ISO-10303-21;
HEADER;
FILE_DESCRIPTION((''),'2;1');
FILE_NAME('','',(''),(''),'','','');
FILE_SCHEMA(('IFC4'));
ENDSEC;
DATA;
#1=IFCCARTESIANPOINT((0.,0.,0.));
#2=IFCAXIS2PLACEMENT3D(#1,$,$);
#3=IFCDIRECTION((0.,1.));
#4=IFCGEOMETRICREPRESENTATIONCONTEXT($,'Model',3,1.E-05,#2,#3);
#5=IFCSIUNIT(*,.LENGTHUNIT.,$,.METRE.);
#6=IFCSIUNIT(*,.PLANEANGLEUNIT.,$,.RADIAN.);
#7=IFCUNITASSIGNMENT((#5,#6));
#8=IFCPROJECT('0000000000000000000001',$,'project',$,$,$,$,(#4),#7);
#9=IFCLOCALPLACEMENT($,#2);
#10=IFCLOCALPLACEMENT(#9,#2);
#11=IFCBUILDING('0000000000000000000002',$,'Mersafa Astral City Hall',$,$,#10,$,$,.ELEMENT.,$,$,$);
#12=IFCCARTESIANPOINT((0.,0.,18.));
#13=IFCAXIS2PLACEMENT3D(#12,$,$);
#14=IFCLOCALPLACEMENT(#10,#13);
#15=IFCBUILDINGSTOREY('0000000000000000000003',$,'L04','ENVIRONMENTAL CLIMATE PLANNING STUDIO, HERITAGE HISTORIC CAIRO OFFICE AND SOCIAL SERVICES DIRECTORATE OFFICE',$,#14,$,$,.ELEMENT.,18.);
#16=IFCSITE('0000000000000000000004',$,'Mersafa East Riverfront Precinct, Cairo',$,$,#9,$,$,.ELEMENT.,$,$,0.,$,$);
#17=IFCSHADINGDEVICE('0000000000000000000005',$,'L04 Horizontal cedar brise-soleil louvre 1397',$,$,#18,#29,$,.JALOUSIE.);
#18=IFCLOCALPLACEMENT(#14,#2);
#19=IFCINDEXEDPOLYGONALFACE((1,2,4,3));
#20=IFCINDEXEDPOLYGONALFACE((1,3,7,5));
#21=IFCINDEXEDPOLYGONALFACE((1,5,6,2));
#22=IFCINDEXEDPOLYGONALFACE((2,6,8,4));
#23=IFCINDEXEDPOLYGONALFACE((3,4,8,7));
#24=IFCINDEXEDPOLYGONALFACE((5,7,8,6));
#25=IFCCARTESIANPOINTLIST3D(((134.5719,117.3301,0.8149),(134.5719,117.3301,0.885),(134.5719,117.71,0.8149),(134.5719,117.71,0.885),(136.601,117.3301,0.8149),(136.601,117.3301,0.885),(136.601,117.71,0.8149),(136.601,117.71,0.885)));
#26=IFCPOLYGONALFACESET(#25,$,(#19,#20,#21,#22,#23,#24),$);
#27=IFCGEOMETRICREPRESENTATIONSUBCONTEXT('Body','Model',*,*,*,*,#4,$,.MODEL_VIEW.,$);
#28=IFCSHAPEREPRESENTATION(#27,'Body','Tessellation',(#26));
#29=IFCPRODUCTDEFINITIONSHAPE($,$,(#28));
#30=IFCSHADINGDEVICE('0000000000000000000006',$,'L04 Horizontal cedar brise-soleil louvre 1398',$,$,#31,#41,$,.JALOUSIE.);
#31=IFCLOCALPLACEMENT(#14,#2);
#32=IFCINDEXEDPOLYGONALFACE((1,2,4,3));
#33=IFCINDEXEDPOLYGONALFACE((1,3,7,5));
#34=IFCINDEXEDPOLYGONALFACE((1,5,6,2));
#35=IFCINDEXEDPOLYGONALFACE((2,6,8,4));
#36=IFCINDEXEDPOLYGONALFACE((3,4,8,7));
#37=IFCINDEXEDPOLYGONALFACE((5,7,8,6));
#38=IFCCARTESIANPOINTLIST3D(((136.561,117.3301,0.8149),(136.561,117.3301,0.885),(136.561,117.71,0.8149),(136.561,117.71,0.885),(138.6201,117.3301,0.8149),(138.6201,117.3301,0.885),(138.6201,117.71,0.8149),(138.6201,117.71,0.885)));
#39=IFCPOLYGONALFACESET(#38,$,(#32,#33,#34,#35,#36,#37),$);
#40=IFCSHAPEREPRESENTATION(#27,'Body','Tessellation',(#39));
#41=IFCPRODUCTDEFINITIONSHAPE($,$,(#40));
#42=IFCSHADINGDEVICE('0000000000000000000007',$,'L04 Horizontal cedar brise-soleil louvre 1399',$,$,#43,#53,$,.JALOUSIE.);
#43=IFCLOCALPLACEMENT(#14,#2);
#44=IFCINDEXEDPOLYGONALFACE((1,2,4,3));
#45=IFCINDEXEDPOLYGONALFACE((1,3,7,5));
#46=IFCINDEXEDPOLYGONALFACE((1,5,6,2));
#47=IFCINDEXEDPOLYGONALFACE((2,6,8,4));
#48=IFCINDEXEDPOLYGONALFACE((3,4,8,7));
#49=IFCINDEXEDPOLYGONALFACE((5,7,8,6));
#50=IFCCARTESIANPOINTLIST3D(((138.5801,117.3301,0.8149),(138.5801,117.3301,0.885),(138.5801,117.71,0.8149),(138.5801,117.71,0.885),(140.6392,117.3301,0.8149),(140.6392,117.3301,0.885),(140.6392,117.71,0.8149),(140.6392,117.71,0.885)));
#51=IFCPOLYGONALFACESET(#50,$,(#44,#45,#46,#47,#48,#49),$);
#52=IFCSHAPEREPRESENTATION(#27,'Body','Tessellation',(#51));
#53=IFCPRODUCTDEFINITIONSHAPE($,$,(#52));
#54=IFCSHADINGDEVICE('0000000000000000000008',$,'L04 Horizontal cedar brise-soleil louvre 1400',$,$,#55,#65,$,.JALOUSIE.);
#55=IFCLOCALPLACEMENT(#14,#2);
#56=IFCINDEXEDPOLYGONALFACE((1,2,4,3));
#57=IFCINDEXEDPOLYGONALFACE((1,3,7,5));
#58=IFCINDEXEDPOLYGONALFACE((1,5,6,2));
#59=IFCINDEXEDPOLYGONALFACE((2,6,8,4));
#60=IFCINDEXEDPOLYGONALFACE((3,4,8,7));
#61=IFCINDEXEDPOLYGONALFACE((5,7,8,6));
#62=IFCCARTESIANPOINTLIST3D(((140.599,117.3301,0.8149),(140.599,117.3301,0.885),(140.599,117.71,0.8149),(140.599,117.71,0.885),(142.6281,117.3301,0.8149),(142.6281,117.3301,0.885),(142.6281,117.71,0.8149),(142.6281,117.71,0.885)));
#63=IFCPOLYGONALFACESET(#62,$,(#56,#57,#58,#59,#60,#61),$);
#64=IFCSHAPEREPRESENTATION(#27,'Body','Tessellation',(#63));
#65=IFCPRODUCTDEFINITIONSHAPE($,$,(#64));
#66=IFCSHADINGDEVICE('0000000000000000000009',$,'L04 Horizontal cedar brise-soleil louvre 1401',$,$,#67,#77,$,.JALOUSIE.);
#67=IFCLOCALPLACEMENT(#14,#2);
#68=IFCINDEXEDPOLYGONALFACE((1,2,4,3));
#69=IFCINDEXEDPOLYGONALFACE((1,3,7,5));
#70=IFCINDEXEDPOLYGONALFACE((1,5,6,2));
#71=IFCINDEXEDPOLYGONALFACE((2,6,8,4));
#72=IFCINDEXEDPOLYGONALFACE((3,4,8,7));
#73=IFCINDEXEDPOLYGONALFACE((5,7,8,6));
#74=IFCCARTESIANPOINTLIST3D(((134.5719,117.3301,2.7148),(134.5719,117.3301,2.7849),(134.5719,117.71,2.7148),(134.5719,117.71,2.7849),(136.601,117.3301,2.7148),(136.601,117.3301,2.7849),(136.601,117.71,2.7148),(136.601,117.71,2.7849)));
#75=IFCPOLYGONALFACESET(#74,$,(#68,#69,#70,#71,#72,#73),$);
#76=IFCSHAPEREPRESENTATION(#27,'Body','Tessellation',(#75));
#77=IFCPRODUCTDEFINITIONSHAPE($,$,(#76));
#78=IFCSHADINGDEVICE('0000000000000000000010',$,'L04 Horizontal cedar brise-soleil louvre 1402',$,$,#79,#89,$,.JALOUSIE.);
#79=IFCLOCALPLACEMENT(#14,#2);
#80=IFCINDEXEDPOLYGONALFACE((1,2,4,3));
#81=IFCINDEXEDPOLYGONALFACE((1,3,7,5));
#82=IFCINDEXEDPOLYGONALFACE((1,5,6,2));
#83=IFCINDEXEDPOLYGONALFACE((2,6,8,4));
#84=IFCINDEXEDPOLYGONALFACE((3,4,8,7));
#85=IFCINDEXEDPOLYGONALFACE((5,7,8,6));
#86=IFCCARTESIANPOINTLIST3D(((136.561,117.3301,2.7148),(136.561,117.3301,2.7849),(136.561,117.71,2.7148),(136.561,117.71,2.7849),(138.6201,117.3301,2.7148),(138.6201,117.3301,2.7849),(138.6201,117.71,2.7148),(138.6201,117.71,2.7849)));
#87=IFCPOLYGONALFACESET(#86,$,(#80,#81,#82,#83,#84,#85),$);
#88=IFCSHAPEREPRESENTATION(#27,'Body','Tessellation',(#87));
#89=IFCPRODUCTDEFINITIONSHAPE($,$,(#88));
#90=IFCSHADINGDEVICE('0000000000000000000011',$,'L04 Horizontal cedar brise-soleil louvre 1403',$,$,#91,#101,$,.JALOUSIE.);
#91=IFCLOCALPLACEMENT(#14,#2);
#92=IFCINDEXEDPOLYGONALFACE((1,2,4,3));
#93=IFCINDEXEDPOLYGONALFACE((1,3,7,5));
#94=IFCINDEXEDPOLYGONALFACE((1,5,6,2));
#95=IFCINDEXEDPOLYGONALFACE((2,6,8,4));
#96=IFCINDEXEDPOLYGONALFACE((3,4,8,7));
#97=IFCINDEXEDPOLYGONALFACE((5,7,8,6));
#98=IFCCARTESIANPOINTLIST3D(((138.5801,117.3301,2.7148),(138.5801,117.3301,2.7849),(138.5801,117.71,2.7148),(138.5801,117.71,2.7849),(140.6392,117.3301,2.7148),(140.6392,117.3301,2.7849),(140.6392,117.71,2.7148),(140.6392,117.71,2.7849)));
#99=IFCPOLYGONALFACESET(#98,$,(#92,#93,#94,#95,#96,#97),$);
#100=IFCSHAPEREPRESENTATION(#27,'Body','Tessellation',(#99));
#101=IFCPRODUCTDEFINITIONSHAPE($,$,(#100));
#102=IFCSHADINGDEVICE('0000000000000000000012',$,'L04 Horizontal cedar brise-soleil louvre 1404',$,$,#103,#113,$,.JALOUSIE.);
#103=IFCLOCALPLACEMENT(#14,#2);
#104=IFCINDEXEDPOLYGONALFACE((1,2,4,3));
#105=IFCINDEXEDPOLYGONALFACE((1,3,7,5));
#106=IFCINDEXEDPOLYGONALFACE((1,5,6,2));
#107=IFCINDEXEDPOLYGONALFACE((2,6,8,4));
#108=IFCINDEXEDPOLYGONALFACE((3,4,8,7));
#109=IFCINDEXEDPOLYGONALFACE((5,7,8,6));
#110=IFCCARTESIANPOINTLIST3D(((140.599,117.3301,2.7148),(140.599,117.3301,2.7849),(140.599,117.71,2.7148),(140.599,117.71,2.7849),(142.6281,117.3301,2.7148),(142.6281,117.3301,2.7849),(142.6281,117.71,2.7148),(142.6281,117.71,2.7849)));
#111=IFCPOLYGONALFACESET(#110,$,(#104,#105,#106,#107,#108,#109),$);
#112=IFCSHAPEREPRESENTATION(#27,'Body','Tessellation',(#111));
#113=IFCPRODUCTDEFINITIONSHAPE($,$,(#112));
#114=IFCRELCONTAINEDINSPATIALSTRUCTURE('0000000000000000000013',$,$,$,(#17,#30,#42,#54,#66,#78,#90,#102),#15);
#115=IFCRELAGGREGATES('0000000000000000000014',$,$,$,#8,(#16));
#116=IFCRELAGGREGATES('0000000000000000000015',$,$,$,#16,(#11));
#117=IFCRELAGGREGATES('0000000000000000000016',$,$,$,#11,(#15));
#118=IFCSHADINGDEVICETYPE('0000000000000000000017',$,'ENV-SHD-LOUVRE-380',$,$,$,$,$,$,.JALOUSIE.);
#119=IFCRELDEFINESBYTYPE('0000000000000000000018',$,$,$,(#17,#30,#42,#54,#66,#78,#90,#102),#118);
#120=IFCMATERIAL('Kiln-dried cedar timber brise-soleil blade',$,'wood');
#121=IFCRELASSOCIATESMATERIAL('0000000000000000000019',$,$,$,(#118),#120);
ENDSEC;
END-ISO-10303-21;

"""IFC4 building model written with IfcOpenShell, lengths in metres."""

from ifc_helpers import new_model, si_unit, direction, frame, origin, origin_2d, place, context, subcontext, project, spatial, rectangle, extrude, material, type_object, element, save


model = new_model("IFC4")

# Units and contexts
model_context = context("Model", 3, precision=1e-05, world=origin(), true_north=direction((0.0, 1.0)))
body_context = subcontext(model_context, "Body", "Model", "MODEL_VIEW")
ifc_project = project(units=[si_unit("LENGTHUNIT", "METRE"), si_unit("PLANEANGLEUNIT", "RADIAN")], contexts=[model_context])

# Site, building, storey
site_placement = place(None, origin())
site = spatial("IfcSite", under=ifc_project, at=site_placement, Name="Mersafa East Riverfront Precinct, Cairo", CompositionType="ELEMENT", RefElevation=0.0)
building_placement = place(site_placement, origin())
building = spatial("IfcBuilding", under=site, at=building_placement, Name="Mersafa Astral City Hall", CompositionType="ELEMENT")
storey_placement = place(building_placement, frame((0.0, 0.0, 18.0)))
storey = spatial("IfcBuildingStorey", under=building, at=storey_placement, Name="L04", Description="ENVIRONMENTAL CLIMATE PLANNING STUDIO, HERITAGE HISTORIC CAIRO OFFICE AND SOCIAL SERVICES DIRECTORATE OFFICE", CompositionType="ELEMENT", Elevation=18.0)

# Shading devices
ifc_material_1 = material(Name="Kiln-dried cedar timber brise-soleil blade", Category="wood")
shading_device_type_1 = type_object("IfcShadingDeviceType", Name="ENV-SHD-LOUVRE-380", PredefinedType="JALOUSIE", material=ifc_material_1)
shading_device_1_placement = place(storey_placement, frame((135.5864, 117.52, 0.8149), z_axis=(0.0, 0.0, 1.0), x_axis=(1.0, 0.0, 0.0)))
element("IfcShadingDevice", 1, at=shading_device_1_placement, inside=storey, type_object=shading_device_type_1, Name="L04 Horizontal cedar brise-soleil louvre 1397", PredefinedType="JALOUSIE", context=body_context, shape_type="SweptSolid", body=[
    extrude(rectangle(XDim=2.0291, YDim=0.3799, at=origin_2d()), origin(), (0.0, 0.0, 1.0), 0.0701),
])
for number, where, z_axis, x_axis, name in (
    (2, (137.5906, 117.52, 0.8149), (0.0, 0.0, 1.0), (1.0, 0.0, 0.0), "L04 Horizontal cedar brise-soleil louvre 1398"),
    (3, (139.6096, 117.52, 0.8149), (0.0, 0.0, 1.0), (1.0, 0.0, 0.0), "L04 Horizontal cedar brise-soleil louvre 1399"),
):
    element("IfcShadingDevice", number, at=place(storey_placement, frame(where, z_axis=z_axis, x_axis=x_axis)), inside=storey, type_object=shading_device_type_1, Name=name, PredefinedType="JALOUSIE", context=body_context, shape_type="SweptSolid", body=[
        extrude(rectangle(XDim=2.0591, YDim=0.3799, at=origin_2d()), origin(), (0.0, 0.0, 1.0), 0.0701),
    ])
for number, where, z_axis, x_axis, name in (
    (4, (141.6135, 117.52, 0.8149), (0.0, 0.0, 1.0), (1.0, 0.0, 0.0), "L04 Horizontal cedar brise-soleil louvre 1400"),
    (5, (135.5864, 117.52, 2.7148), (0.0, 0.0, 1.0), (1.0, 0.0, 0.0), "L04 Horizontal cedar brise-soleil louvre 1401"),
):
    element("IfcShadingDevice", number, at=place(storey_placement, frame(where, z_axis=z_axis, x_axis=x_axis)), inside=storey, type_object=shading_device_type_1, Name=name, PredefinedType="JALOUSIE", context=body_context, shape_type="SweptSolid", body=[
        extrude(rectangle(XDim=2.0291, YDim=0.3799, at=origin_2d()), origin(), (0.0, 0.0, 1.0), 0.0701),
    ])
for number, where, z_axis, x_axis, name in (
    (6, (137.5906, 117.52, 2.7148), (0.0, 0.0, 1.0), (1.0, 0.0, 0.0), "L04 Horizontal cedar brise-soleil louvre 1402"),
    (7, (139.6096, 117.52, 2.7148), (0.0, 0.0, 1.0), (1.0, 0.0, 0.0), "L04 Horizontal cedar brise-soleil louvre 1403"),
):
    element("IfcShadingDevice", number, at=place(storey_placement, frame(where, z_axis=z_axis, x_axis=x_axis)), inside=storey, type_object=shading_device_type_1, Name=name, PredefinedType="JALOUSIE", context=body_context, shape_type="SweptSolid", body=[
        extrude(rectangle(XDim=2.0591, YDim=0.3799, at=origin_2d()), origin(), (0.0, 0.0, 1.0), 0.0701),
    ])
shading_device_2_placement = place(storey_placement, frame((141.6135, 117.52, 2.7148), z_axis=(0.0, 0.0, 1.0), x_axis=(1.0, 0.0, 0.0)))
element("IfcShadingDevice", 8, at=shading_device_2_placement, inside=storey, type_object=shading_device_type_1, Name="L04 Horizontal cedar brise-soleil louvre 1404", PredefinedType="JALOUSIE", context=body_context, shape_type="SweptSolid", body=[
    extrude(rectangle(XDim=2.0291, YDim=0.3799, at=origin_2d()), origin(), (0.0, 0.0, 1.0), 0.0701),
])

save(model, "model.ifc")
